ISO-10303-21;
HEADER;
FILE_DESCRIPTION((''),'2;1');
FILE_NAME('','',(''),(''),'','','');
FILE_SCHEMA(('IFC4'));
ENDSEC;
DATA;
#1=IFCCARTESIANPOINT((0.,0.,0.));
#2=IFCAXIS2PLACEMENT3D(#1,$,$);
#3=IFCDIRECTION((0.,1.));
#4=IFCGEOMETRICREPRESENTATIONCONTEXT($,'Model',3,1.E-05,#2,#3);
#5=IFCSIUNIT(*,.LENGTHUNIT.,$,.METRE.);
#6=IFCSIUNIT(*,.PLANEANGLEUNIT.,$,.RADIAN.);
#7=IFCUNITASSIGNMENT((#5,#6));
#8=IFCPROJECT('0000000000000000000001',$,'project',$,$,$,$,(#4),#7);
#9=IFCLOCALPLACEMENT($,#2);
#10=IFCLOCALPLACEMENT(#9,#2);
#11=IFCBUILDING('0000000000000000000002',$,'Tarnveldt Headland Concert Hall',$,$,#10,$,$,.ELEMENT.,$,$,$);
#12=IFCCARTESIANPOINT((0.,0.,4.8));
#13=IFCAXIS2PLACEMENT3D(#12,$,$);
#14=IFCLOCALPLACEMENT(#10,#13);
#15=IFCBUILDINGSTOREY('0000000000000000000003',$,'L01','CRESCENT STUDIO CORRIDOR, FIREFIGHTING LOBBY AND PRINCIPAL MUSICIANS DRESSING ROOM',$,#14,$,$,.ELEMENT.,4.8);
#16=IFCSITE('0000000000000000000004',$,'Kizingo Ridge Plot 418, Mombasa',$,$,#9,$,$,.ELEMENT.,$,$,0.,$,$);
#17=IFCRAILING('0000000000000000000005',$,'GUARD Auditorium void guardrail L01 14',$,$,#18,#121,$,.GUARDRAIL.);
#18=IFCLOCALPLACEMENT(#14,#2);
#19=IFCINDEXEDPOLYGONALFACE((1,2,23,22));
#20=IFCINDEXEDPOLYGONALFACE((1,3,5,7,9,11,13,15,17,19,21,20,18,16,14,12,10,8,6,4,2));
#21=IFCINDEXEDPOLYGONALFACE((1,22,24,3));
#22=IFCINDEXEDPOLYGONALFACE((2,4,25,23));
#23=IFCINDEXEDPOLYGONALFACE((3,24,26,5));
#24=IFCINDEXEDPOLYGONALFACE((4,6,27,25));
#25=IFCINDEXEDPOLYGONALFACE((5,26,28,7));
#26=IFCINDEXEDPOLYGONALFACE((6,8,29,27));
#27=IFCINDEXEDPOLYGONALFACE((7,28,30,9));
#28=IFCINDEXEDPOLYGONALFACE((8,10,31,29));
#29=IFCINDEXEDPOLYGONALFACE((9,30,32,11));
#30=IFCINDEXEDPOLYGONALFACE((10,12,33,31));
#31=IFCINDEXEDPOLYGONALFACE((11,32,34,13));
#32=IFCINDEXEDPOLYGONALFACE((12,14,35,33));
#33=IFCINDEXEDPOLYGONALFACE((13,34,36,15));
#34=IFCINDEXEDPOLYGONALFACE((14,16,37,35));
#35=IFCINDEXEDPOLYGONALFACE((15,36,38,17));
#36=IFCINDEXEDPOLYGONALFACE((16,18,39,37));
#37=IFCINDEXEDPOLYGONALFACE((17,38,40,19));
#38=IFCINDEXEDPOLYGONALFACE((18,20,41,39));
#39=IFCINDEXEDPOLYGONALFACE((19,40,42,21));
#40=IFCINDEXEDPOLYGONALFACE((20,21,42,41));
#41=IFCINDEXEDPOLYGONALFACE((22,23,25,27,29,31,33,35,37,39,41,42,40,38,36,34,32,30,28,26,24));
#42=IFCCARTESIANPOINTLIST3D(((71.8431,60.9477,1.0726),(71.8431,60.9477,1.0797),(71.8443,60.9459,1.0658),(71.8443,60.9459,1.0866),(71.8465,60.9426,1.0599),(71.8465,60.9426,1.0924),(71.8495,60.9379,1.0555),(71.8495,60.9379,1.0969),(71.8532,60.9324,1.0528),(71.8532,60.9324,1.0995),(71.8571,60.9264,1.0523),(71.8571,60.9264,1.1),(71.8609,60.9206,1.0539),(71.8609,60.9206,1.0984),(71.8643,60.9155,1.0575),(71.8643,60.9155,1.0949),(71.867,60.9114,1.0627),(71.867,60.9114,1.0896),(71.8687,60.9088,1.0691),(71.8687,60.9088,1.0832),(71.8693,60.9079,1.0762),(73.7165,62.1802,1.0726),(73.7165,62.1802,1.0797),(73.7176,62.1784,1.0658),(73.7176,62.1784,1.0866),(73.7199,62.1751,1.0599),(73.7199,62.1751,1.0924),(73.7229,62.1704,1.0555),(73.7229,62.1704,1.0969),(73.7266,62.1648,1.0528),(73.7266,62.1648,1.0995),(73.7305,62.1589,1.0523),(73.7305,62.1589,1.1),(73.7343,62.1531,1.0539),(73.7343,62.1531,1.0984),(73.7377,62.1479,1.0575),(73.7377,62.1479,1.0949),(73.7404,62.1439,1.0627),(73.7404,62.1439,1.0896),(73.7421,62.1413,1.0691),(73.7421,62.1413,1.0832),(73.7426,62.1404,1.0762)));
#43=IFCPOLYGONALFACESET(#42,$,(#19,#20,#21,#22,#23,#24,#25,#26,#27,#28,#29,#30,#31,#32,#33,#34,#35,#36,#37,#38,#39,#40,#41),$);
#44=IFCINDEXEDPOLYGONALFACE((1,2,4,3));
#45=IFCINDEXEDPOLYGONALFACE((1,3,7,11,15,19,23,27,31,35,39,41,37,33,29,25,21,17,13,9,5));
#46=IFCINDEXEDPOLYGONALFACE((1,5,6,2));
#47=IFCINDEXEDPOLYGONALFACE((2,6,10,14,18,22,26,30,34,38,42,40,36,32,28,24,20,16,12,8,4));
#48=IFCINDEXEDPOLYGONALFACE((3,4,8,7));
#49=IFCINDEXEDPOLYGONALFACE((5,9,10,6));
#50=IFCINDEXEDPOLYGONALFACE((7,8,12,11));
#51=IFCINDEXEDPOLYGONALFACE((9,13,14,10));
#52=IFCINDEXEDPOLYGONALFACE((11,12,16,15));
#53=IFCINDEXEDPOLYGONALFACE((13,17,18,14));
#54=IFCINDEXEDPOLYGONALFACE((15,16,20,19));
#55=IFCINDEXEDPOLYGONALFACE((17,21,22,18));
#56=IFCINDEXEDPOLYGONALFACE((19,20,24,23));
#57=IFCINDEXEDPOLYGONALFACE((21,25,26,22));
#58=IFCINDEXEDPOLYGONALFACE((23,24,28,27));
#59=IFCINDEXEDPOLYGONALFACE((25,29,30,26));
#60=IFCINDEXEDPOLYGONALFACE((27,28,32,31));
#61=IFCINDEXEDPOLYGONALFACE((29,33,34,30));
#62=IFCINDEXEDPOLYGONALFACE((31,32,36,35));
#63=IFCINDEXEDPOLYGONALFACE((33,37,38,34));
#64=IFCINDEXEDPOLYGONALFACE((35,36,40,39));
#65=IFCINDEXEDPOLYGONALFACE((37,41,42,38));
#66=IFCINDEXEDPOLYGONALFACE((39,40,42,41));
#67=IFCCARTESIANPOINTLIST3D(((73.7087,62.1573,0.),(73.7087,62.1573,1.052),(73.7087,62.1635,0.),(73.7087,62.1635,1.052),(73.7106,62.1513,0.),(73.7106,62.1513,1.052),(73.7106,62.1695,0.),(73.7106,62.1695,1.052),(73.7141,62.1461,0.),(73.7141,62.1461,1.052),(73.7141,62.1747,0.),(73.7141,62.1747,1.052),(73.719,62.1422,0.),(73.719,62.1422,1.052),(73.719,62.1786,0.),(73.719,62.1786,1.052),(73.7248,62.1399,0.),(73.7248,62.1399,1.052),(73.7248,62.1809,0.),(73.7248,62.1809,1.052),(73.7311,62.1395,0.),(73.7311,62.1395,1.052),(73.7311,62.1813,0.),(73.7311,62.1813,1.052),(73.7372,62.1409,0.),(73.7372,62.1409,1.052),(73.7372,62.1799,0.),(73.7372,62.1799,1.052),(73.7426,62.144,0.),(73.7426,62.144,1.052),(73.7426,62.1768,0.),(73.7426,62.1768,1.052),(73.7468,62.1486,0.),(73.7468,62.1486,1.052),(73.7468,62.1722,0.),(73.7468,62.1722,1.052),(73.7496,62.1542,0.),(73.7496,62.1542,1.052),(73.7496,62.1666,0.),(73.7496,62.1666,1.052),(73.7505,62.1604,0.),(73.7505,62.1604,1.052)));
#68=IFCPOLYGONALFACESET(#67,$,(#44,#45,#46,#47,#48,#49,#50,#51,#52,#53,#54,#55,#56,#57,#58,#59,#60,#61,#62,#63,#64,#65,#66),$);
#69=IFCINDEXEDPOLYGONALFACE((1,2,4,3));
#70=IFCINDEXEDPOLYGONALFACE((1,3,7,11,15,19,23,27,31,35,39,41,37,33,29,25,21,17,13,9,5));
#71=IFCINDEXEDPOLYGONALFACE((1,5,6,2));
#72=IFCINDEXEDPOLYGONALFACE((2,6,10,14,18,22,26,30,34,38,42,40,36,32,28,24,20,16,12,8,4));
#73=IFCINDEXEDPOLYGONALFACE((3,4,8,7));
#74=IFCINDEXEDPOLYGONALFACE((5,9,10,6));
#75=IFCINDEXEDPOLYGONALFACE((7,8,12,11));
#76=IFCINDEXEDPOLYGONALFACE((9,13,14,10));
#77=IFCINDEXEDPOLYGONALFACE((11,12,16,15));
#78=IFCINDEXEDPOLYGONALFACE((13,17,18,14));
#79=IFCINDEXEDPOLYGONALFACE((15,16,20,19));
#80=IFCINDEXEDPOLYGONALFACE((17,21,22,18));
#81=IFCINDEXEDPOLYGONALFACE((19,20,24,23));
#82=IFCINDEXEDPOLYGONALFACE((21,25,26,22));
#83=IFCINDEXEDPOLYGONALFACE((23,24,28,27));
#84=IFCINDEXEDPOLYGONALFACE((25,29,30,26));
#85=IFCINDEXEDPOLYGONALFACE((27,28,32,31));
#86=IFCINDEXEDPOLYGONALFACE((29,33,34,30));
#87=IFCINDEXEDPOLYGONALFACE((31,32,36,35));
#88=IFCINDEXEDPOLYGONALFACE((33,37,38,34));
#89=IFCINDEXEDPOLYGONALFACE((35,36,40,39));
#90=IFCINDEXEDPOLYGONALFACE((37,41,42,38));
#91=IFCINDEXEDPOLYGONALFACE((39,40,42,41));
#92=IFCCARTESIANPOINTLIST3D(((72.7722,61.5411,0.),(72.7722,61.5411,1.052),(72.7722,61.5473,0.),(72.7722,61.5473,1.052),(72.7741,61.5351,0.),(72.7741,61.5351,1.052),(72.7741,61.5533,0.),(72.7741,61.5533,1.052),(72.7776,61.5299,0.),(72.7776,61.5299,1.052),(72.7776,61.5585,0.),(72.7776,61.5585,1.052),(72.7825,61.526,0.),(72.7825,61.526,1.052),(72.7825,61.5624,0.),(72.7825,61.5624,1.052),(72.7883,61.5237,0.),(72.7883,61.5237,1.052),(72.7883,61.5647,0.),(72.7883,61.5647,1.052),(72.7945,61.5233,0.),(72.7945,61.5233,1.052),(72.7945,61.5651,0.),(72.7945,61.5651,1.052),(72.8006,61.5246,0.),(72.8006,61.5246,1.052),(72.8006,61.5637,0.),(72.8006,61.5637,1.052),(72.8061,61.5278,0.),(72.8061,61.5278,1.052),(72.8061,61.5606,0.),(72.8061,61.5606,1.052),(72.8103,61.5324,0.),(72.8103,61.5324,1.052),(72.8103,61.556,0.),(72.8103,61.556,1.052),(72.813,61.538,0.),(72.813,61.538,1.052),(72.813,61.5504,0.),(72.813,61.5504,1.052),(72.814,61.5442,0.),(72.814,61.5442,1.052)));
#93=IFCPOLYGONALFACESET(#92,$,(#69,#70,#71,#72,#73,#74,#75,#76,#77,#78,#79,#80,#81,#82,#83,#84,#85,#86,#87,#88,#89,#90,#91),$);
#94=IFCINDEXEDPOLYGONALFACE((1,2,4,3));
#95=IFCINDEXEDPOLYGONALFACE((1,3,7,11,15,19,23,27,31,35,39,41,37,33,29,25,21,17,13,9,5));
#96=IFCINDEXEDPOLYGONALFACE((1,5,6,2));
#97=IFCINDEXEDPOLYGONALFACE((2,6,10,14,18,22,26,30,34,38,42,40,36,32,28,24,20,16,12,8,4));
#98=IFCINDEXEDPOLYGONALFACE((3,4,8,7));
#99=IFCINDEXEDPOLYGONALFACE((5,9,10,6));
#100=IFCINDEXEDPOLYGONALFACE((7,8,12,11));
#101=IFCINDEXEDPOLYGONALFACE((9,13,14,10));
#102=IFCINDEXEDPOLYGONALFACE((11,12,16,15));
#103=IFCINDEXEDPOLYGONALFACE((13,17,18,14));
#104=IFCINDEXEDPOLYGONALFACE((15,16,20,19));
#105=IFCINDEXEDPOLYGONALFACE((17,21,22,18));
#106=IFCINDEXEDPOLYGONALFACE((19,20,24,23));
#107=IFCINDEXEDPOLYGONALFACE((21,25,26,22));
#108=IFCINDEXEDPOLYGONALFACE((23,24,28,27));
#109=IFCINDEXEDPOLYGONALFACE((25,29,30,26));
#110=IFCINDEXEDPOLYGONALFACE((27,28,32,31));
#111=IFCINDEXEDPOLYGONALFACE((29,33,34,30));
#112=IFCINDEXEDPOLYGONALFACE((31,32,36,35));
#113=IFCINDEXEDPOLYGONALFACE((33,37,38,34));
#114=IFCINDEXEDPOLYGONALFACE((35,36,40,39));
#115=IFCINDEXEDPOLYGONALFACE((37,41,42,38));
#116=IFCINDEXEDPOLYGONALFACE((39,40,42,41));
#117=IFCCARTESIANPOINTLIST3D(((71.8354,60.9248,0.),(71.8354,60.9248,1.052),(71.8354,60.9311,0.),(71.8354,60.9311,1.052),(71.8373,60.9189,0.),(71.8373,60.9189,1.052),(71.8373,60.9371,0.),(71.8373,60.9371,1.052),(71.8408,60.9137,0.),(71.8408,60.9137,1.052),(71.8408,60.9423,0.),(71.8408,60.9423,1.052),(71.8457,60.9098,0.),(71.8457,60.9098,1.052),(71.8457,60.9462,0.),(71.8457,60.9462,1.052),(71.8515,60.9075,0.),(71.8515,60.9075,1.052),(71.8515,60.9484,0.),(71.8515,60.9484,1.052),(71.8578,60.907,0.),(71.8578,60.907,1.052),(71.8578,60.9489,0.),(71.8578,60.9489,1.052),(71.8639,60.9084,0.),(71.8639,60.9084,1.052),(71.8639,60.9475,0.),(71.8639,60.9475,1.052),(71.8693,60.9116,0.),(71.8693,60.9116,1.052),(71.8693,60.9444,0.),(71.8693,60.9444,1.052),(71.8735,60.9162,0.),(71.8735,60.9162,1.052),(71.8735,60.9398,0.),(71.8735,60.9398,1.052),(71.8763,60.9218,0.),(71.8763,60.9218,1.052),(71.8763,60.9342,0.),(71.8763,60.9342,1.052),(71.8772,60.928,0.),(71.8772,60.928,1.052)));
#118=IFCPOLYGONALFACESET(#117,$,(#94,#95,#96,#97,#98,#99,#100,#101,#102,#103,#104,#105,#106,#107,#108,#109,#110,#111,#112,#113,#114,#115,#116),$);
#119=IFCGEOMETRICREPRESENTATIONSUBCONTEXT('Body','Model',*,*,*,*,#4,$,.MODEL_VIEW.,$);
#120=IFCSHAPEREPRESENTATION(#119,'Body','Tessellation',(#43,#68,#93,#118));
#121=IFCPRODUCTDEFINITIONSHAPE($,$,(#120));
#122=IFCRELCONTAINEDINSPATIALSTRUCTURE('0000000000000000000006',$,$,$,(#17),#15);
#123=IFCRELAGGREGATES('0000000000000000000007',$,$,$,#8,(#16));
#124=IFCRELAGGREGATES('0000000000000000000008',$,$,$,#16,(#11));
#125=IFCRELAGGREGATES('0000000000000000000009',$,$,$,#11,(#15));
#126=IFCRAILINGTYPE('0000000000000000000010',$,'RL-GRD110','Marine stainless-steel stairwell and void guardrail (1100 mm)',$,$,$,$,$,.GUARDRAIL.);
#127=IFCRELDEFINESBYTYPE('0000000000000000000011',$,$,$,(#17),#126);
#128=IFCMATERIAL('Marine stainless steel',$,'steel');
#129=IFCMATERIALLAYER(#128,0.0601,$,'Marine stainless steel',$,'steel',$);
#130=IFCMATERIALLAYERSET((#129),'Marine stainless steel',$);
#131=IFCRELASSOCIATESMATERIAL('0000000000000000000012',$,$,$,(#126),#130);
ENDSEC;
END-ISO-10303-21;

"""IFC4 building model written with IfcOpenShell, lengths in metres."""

from ifc_helpers import new_model, si_unit, direction, frame, origin, origin_2d, place, context, subcontext, project, spatial, circle, extrude, material, layer, layer_set, type_object, element, save


model = new_model("IFC4")

# Units and contexts
model_context = context("Model", 3, precision=1e-05, world=origin(), true_north=direction((0.0, 1.0)))
body_context = subcontext(model_context, "Body", "Model", "MODEL_VIEW")
ifc_project = project(units=[si_unit("LENGTHUNIT", "METRE"), si_unit("PLANEANGLEUNIT", "RADIAN")], contexts=[model_context])

# Site, building, storey
site_placement = place(None, origin())
site = spatial("IfcSite", under=ifc_project, at=site_placement, Name="Kizingo Ridge Plot 418, Mombasa", CompositionType="ELEMENT", RefElevation=0.0)
building_placement = place(site_placement, origin())
building = spatial("IfcBuilding", under=site, at=building_placement, Name="Tarnveldt Headland Concert Hall", CompositionType="ELEMENT")
storey_placement = place(building_placement, frame((0.0, 0.0, 4.8)))
storey = spatial("IfcBuildingStorey", under=building, at=storey_placement, Name="L01", Description="CRESCENT STUDIO CORRIDOR, FIREFIGHTING LOBBY AND PRINCIPAL MUSICIANS DRESSING ROOM", CompositionType="ELEMENT", Elevation=4.8)

# Railing
ifc_material_1 = material(Name="Marine stainless steel", Category="steel")
ifc_layer_1 = layer(ifc_material_1, 0.0601, Name="Marine stainless steel", Category="steel")
ifc_layer_set_1 = layer_set([ifc_layer_1], Name="Marine stainless steel")
railing_type = type_object("IfcRailingType", Name="RL-GRD110", Description="Marine stainless-steel stairwell and void guardrail (1100 mm)", PredefinedType="GUARDRAIL", material=ifc_layer_set_1)
railing_1_placement = place(storey_placement, frame((73.7295, 62.1604, 0.0)))
element("IfcRailing", 1, at=railing_1_placement, inside=storey, type_object=railing_type, Name="GUARD Auditorium void guardrail L01 14", PredefinedType="GUARDRAIL", context=body_context, shape_type="SweptSolid", body=[
    extrude(circle(Radius=0.0239, at=origin_2d()), frame((0.0, 0.0, 1.0762), z_axis=(-0.835418, -0.549615, 0.0), x_axis=(0.549615, -0.835418, 0.0)), (0.0, 0.0, 1.0), 2.2424),
    extrude(circle(Radius=0.021, at=origin_2d()), origin(), (0.0, 0.0, 1.0), 1.052),
    extrude(circle(Radius=0.021, at=origin_2d()), frame((-0.9365, -0.6162, 0.0)), (0.0, 0.0, 1.0), 1.052),
    extrude(circle(Radius=0.021, at=origin_2d()), frame((-1.8733, -1.2324, 0.0)), (0.0, 0.0, 1.0), 1.052),
])

save(model, "model.ifc")
